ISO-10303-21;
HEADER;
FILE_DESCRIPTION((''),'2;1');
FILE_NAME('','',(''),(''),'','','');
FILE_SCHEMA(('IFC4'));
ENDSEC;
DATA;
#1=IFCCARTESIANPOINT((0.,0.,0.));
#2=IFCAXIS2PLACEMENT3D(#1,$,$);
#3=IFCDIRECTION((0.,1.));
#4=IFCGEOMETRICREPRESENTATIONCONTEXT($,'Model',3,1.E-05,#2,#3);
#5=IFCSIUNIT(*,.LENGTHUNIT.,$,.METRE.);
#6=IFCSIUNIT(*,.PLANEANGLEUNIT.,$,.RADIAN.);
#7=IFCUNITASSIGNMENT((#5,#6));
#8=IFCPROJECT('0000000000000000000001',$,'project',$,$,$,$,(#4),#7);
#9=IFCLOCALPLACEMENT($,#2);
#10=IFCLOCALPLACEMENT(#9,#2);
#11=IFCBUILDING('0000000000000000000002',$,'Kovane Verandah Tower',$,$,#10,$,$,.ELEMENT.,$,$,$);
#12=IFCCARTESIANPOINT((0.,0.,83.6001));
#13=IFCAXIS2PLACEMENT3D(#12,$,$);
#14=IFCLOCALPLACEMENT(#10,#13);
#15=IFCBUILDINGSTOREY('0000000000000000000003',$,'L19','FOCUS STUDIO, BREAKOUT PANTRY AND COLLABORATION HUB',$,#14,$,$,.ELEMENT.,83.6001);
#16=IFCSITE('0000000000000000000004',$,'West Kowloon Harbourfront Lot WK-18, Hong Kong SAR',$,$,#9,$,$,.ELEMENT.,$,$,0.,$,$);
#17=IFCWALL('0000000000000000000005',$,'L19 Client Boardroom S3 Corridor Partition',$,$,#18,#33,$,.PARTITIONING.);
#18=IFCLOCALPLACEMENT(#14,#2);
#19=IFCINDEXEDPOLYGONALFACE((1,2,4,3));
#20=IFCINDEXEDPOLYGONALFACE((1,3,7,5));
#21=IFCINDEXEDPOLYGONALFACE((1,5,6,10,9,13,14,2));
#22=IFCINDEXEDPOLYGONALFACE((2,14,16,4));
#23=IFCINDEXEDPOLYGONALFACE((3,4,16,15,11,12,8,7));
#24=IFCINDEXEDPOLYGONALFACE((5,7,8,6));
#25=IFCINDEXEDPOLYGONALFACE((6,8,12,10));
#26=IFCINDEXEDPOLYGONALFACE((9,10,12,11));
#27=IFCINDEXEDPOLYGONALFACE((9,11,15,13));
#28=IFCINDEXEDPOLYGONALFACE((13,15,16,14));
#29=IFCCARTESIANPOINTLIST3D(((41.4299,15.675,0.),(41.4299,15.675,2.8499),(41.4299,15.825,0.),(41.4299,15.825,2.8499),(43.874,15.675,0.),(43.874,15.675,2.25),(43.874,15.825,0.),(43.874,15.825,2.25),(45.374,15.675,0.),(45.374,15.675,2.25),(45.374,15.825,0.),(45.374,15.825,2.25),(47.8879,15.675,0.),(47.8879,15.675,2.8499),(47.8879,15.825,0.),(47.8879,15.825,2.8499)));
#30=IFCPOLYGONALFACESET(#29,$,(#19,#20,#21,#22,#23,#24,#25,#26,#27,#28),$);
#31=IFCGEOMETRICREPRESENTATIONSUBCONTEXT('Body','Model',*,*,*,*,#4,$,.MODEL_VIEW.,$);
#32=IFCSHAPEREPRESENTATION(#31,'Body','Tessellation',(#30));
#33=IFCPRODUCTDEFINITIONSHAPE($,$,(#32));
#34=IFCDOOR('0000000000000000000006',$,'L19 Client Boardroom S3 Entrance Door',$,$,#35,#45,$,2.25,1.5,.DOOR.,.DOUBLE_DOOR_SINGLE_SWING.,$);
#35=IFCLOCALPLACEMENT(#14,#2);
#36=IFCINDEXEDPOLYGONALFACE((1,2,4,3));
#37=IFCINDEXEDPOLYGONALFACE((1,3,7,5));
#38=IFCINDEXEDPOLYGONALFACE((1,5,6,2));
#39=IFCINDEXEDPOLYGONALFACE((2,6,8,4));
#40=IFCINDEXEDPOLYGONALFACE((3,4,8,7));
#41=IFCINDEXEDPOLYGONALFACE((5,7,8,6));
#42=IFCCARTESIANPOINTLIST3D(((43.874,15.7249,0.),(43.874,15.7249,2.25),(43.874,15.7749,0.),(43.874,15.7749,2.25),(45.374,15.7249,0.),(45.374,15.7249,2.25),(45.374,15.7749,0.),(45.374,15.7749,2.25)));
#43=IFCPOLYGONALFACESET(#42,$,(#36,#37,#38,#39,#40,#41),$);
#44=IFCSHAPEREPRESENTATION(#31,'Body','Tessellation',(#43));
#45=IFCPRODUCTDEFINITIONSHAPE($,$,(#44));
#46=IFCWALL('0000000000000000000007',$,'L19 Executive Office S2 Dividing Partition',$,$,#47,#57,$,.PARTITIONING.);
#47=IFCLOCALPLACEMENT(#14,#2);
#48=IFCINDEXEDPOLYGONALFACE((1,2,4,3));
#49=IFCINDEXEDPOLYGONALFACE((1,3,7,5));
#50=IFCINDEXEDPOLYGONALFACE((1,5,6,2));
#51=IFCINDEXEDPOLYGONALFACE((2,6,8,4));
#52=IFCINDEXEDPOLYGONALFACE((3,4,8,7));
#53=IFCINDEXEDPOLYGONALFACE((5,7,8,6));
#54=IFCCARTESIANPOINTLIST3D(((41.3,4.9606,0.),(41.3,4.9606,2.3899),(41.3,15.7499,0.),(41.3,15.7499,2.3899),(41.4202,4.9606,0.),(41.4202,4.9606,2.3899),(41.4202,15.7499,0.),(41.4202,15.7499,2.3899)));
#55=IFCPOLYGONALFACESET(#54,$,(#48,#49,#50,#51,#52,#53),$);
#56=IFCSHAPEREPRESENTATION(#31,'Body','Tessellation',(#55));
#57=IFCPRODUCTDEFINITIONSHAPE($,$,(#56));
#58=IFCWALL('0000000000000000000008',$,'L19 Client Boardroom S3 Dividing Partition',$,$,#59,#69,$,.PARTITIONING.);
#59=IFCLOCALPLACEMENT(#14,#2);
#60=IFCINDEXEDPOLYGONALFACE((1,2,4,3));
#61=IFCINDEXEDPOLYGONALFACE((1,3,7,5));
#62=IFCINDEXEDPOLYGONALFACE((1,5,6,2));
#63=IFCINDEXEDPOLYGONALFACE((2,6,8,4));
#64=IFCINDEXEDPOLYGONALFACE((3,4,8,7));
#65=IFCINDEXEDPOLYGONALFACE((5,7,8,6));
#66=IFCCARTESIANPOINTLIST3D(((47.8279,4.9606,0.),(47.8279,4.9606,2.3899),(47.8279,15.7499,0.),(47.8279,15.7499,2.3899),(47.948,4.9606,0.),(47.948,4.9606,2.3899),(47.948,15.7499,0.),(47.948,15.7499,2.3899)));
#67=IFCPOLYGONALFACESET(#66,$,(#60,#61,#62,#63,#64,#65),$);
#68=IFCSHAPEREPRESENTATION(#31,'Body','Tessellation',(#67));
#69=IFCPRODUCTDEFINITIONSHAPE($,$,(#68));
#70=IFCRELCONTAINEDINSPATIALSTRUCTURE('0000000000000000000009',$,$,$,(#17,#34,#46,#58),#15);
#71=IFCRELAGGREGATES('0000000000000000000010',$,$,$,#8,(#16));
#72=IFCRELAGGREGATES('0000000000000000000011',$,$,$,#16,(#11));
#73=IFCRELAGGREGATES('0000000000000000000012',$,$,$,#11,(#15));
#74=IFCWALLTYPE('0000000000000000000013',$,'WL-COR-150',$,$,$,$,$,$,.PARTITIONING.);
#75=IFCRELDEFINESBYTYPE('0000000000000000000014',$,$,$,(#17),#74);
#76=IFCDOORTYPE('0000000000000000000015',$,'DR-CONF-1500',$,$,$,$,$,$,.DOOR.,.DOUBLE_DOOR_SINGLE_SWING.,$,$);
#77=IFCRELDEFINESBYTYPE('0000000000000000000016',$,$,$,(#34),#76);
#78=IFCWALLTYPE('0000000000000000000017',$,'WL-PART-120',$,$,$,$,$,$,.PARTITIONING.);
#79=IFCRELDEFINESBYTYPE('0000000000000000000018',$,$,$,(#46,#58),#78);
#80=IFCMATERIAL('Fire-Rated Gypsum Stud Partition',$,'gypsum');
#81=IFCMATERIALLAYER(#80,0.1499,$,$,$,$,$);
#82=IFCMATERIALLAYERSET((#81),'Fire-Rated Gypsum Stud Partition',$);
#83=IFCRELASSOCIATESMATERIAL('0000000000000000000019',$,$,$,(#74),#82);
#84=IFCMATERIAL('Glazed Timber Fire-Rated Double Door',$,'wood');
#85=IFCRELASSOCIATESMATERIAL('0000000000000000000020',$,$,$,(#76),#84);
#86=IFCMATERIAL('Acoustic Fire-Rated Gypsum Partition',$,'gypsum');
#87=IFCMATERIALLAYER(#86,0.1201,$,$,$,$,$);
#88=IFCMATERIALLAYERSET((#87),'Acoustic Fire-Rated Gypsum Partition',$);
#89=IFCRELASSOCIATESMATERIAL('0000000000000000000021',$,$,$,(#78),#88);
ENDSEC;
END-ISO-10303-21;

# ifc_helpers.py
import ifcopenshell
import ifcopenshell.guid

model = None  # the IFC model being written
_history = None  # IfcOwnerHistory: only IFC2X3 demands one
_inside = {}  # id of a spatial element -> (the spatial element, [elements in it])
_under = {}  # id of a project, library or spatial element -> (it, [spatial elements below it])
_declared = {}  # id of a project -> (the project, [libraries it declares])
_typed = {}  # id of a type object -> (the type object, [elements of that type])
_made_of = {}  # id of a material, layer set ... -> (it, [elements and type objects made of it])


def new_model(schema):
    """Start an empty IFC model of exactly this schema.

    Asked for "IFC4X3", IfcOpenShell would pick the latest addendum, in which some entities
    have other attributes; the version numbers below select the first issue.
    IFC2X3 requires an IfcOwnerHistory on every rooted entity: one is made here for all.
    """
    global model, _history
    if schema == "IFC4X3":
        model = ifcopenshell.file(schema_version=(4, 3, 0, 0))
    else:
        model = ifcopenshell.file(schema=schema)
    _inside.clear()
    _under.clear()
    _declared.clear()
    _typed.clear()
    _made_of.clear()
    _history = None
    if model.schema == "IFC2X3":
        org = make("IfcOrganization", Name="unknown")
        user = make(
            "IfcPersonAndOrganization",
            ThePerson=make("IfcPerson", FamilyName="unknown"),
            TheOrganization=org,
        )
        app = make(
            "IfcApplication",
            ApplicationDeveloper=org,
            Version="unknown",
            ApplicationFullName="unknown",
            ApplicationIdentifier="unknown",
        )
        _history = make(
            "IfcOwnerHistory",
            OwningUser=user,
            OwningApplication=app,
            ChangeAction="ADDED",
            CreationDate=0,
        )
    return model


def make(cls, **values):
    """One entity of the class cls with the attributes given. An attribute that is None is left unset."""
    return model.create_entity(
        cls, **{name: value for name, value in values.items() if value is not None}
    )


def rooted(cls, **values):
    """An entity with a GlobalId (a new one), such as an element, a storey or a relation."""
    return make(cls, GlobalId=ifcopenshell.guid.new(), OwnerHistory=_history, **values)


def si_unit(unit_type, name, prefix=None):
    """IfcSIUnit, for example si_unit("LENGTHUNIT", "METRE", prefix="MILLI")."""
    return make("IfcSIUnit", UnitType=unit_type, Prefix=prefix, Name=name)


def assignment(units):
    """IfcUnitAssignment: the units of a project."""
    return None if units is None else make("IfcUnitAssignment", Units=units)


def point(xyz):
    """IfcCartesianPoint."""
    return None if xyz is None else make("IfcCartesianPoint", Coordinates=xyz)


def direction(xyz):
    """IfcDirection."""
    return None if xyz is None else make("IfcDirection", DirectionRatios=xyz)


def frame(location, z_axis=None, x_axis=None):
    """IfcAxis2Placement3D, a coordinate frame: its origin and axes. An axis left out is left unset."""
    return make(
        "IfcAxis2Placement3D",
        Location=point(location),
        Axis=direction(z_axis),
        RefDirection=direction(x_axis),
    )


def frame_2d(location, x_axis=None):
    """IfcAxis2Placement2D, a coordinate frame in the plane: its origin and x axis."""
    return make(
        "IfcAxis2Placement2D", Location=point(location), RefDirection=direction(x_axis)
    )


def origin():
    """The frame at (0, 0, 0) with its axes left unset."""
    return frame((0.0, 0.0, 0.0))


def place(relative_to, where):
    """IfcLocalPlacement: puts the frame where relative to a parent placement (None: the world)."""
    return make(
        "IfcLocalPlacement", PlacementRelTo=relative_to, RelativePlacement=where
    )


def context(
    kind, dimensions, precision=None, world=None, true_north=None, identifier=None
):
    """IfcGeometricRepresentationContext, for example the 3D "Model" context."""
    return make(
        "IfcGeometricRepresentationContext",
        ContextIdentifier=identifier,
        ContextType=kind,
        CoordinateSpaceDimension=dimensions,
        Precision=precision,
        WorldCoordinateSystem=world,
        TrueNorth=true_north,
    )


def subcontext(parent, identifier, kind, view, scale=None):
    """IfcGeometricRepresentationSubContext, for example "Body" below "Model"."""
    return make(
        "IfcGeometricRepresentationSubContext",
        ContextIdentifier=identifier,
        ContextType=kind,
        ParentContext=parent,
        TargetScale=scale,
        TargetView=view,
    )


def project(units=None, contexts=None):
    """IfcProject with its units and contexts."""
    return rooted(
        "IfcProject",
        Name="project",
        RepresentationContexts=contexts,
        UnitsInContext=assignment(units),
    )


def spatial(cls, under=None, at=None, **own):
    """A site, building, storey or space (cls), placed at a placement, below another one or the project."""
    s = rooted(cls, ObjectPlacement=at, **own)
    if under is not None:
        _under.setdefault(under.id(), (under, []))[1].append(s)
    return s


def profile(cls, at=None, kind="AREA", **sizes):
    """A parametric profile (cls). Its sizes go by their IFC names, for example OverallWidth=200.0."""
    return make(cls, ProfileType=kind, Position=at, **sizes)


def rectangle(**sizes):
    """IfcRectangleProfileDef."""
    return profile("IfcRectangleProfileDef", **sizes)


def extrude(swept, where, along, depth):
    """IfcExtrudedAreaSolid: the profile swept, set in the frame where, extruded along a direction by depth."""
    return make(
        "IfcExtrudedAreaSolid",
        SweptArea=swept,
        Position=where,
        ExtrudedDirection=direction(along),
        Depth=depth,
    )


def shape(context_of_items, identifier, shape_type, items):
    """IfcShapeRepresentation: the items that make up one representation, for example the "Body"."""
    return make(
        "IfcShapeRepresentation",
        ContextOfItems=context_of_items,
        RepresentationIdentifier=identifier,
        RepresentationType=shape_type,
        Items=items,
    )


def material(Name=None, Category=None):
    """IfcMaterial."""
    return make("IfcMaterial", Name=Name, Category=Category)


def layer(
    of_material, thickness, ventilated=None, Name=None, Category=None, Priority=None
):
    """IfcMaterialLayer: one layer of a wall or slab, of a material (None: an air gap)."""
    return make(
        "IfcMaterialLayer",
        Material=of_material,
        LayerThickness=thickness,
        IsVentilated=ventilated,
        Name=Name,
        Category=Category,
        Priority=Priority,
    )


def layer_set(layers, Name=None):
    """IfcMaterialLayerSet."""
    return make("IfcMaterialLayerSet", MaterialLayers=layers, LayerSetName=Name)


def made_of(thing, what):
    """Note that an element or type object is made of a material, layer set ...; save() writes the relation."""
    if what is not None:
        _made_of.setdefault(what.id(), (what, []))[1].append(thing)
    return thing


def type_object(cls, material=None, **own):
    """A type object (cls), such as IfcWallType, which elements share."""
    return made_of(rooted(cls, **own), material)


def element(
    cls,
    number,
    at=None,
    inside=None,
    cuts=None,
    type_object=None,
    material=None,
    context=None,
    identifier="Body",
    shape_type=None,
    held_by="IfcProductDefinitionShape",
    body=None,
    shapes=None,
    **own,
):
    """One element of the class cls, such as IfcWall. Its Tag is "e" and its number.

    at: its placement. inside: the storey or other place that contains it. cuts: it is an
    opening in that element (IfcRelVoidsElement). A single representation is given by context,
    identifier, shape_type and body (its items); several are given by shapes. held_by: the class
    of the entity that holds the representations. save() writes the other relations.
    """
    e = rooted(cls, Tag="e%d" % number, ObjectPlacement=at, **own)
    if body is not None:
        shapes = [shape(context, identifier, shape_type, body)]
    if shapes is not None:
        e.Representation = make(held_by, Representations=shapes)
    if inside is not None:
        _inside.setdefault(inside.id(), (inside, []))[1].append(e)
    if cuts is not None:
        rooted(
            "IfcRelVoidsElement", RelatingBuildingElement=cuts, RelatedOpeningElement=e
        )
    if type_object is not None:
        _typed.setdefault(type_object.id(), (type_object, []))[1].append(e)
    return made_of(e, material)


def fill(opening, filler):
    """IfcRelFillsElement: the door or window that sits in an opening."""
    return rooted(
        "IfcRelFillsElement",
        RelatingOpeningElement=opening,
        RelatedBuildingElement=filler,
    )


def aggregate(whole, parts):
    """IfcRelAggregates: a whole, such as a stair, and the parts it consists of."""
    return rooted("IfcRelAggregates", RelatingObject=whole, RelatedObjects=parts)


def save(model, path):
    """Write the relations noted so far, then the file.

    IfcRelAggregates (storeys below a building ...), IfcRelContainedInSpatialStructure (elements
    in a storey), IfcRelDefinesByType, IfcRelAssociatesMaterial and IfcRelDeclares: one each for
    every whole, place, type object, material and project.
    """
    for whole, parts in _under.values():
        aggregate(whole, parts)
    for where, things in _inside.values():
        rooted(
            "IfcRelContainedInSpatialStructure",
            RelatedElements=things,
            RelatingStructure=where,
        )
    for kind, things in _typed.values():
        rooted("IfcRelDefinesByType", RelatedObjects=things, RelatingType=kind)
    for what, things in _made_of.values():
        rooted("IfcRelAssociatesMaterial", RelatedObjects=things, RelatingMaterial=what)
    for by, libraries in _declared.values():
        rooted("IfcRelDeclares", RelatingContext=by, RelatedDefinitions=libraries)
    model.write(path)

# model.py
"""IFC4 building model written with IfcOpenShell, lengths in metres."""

from ifc_helpers import new_model, si_unit, direction, frame, frame_2d, origin, place, context, subcontext, project, spatial, rectangle, extrude, material, layer, layer_set, type_object, element, fill, save


model = new_model("IFC4")

# Units and contexts
model_context = context("Model", 3, precision=1e-05, world=origin(), true_north=direction((0.0, 1.0)))
body_context = subcontext(model_context, "Body", "Model", "MODEL_VIEW")
ifc_project = project(units=[si_unit("LENGTHUNIT", "METRE"), si_unit("PLANEANGLEUNIT", "RADIAN")], contexts=[model_context])

# Site, building, storey
site_placement = place(None, origin())
site = spatial("IfcSite", under=ifc_project, at=site_placement, Name="West Kowloon Harbourfront Lot WK-18, Hong Kong SAR", CompositionType="ELEMENT", RefElevation=0.0)
building_placement = place(site_placement, origin())
building = spatial("IfcBuilding", under=site, at=building_placement, Name="Kovane Verandah Tower", CompositionType="ELEMENT")
storey_placement = place(building_placement, frame((0.0, 0.0, 83.6001)))
storey = spatial("IfcBuildingStorey", under=building, at=storey_placement, Name="L19", Description="FOCUS STUDIO, BREAKOUT PANTRY AND COLLABORATION HUB", CompositionType="ELEMENT", Elevation=83.6001)

# Wall, opening, door
ifc_material_1 = material(Name="Fire-Rated Gypsum Stud Partition", Category="gypsum")
ifc_layer_1 = layer(ifc_material_1, 0.1499)
ifc_layer_set_1 = layer_set([ifc_layer_1], Name="Fire-Rated Gypsum Stud Partition")
wall_type_1 = type_object("IfcWallType", Name="WL-COR-150", PredefinedType="PARTITIONING", material=ifc_layer_set_1)
wall_placement = place(storey_placement, frame((41.4299, 15.75, 0.0), z_axis=(0.0, 0.0, 1.0), x_axis=(1.0, 0.0, 0.0)))
wall = element("IfcWall", 1, at=wall_placement, inside=storey, type_object=wall_type_1, Name="L19 Client Boardroom S3 Corridor Partition", PredefinedType="PARTITIONING", context=body_context, shape_type="SweptSolid", body=[
    extrude(rectangle(XDim=6.458, YDim=0.1499, at=frame_2d((3.229, 0.0))), origin(), (0.0, 0.0, 1.0), 2.8499),
])
opening_placement = place(wall_placement, frame((2.4441, 0.0, 0.0)))
opening = element("IfcOpeningElement", 2, at=opening_placement, cuts=wall, PredefinedType="OPENING", context=body_context, shape_type="SweptSolid", body=[
    extrude(rectangle(XDim=1.5, YDim=2.25, at=frame_2d((0.75, 1.125))), frame((0.0, 0.075, 0.0), z_axis=(0.0, -1.0, 0.0), x_axis=(1.0, 0.0, 0.0)), (0.0, 0.0, 1.0), 0.1499),
])
ifc_material_2 = material(Name="Glazed Timber Fire-Rated Double Door", Category="wood")
door_type = type_object("IfcDoorType", Name="DR-CONF-1500", OperationType="DOUBLE_DOOR_SINGLE_SWING", PredefinedType="DOOR", material=ifc_material_2)
door_placement = place(opening_placement, origin())
door = element("IfcDoor", 3, at=door_placement, inside=storey, type_object=door_type, Name="L19 Client Boardroom S3 Entrance Door", OperationType="DOUBLE_DOOR_SINGLE_SWING", OverallHeight=2.25, OverallWidth=1.5, PredefinedType="DOOR", context=body_context, shape_type="SweptSolid", body=[
    extrude(rectangle(XDim=1.5, YDim=2.25, at=frame_2d((0.75, 1.125))), frame((0.0, 0.0249, 0.0), z_axis=(0.0, -1.0, 0.0), x_axis=(1.0, 0.0, 0.0)), (0.0, 0.0, 1.0), 0.05),
])
fill(opening, door)

# Walls
ifc_material_3 = material(Name="Acoustic Fire-Rated Gypsum Partition", Category="gypsum")
ifc_layer_2 = layer(ifc_material_3, 0.1201)
ifc_layer_set_2 = layer_set([ifc_layer_2], Name="Acoustic Fire-Rated Gypsum Partition")
wall_type_2 = type_object("IfcWallType", Name="WL-PART-120", PredefinedType="PARTITIONING", material=ifc_layer_set_2)
for number, where, z_axis, x_axis, name in (
    (4, (41.3601, 4.9607, 0.0), (0.0, 0.0, 1.0), (0.0, 1.0, 0.0), "L19 Executive Office S2 Dividing Partition"),
    (5, (47.8879, 4.9607, 0.0), (0.0, 0.0, 1.0), (0.0, 1.0, 0.0), "L19 Client Boardroom S3 Dividing Partition"),
):
    element("IfcWall", number, at=place(storey_placement, frame(where, z_axis=z_axis, x_axis=x_axis)), inside=storey, type_object=wall_type_2, Name=name, PredefinedType="PARTITIONING", context=body_context, shape_type="SweptSolid", body=[
        extrude(rectangle(XDim=10.7893, YDim=0.1201, at=frame_2d((5.3945, 0.0))), origin(), (0.0, 0.0, 1.0), 2.3899),
    ])

save(model, "model.ifc")
